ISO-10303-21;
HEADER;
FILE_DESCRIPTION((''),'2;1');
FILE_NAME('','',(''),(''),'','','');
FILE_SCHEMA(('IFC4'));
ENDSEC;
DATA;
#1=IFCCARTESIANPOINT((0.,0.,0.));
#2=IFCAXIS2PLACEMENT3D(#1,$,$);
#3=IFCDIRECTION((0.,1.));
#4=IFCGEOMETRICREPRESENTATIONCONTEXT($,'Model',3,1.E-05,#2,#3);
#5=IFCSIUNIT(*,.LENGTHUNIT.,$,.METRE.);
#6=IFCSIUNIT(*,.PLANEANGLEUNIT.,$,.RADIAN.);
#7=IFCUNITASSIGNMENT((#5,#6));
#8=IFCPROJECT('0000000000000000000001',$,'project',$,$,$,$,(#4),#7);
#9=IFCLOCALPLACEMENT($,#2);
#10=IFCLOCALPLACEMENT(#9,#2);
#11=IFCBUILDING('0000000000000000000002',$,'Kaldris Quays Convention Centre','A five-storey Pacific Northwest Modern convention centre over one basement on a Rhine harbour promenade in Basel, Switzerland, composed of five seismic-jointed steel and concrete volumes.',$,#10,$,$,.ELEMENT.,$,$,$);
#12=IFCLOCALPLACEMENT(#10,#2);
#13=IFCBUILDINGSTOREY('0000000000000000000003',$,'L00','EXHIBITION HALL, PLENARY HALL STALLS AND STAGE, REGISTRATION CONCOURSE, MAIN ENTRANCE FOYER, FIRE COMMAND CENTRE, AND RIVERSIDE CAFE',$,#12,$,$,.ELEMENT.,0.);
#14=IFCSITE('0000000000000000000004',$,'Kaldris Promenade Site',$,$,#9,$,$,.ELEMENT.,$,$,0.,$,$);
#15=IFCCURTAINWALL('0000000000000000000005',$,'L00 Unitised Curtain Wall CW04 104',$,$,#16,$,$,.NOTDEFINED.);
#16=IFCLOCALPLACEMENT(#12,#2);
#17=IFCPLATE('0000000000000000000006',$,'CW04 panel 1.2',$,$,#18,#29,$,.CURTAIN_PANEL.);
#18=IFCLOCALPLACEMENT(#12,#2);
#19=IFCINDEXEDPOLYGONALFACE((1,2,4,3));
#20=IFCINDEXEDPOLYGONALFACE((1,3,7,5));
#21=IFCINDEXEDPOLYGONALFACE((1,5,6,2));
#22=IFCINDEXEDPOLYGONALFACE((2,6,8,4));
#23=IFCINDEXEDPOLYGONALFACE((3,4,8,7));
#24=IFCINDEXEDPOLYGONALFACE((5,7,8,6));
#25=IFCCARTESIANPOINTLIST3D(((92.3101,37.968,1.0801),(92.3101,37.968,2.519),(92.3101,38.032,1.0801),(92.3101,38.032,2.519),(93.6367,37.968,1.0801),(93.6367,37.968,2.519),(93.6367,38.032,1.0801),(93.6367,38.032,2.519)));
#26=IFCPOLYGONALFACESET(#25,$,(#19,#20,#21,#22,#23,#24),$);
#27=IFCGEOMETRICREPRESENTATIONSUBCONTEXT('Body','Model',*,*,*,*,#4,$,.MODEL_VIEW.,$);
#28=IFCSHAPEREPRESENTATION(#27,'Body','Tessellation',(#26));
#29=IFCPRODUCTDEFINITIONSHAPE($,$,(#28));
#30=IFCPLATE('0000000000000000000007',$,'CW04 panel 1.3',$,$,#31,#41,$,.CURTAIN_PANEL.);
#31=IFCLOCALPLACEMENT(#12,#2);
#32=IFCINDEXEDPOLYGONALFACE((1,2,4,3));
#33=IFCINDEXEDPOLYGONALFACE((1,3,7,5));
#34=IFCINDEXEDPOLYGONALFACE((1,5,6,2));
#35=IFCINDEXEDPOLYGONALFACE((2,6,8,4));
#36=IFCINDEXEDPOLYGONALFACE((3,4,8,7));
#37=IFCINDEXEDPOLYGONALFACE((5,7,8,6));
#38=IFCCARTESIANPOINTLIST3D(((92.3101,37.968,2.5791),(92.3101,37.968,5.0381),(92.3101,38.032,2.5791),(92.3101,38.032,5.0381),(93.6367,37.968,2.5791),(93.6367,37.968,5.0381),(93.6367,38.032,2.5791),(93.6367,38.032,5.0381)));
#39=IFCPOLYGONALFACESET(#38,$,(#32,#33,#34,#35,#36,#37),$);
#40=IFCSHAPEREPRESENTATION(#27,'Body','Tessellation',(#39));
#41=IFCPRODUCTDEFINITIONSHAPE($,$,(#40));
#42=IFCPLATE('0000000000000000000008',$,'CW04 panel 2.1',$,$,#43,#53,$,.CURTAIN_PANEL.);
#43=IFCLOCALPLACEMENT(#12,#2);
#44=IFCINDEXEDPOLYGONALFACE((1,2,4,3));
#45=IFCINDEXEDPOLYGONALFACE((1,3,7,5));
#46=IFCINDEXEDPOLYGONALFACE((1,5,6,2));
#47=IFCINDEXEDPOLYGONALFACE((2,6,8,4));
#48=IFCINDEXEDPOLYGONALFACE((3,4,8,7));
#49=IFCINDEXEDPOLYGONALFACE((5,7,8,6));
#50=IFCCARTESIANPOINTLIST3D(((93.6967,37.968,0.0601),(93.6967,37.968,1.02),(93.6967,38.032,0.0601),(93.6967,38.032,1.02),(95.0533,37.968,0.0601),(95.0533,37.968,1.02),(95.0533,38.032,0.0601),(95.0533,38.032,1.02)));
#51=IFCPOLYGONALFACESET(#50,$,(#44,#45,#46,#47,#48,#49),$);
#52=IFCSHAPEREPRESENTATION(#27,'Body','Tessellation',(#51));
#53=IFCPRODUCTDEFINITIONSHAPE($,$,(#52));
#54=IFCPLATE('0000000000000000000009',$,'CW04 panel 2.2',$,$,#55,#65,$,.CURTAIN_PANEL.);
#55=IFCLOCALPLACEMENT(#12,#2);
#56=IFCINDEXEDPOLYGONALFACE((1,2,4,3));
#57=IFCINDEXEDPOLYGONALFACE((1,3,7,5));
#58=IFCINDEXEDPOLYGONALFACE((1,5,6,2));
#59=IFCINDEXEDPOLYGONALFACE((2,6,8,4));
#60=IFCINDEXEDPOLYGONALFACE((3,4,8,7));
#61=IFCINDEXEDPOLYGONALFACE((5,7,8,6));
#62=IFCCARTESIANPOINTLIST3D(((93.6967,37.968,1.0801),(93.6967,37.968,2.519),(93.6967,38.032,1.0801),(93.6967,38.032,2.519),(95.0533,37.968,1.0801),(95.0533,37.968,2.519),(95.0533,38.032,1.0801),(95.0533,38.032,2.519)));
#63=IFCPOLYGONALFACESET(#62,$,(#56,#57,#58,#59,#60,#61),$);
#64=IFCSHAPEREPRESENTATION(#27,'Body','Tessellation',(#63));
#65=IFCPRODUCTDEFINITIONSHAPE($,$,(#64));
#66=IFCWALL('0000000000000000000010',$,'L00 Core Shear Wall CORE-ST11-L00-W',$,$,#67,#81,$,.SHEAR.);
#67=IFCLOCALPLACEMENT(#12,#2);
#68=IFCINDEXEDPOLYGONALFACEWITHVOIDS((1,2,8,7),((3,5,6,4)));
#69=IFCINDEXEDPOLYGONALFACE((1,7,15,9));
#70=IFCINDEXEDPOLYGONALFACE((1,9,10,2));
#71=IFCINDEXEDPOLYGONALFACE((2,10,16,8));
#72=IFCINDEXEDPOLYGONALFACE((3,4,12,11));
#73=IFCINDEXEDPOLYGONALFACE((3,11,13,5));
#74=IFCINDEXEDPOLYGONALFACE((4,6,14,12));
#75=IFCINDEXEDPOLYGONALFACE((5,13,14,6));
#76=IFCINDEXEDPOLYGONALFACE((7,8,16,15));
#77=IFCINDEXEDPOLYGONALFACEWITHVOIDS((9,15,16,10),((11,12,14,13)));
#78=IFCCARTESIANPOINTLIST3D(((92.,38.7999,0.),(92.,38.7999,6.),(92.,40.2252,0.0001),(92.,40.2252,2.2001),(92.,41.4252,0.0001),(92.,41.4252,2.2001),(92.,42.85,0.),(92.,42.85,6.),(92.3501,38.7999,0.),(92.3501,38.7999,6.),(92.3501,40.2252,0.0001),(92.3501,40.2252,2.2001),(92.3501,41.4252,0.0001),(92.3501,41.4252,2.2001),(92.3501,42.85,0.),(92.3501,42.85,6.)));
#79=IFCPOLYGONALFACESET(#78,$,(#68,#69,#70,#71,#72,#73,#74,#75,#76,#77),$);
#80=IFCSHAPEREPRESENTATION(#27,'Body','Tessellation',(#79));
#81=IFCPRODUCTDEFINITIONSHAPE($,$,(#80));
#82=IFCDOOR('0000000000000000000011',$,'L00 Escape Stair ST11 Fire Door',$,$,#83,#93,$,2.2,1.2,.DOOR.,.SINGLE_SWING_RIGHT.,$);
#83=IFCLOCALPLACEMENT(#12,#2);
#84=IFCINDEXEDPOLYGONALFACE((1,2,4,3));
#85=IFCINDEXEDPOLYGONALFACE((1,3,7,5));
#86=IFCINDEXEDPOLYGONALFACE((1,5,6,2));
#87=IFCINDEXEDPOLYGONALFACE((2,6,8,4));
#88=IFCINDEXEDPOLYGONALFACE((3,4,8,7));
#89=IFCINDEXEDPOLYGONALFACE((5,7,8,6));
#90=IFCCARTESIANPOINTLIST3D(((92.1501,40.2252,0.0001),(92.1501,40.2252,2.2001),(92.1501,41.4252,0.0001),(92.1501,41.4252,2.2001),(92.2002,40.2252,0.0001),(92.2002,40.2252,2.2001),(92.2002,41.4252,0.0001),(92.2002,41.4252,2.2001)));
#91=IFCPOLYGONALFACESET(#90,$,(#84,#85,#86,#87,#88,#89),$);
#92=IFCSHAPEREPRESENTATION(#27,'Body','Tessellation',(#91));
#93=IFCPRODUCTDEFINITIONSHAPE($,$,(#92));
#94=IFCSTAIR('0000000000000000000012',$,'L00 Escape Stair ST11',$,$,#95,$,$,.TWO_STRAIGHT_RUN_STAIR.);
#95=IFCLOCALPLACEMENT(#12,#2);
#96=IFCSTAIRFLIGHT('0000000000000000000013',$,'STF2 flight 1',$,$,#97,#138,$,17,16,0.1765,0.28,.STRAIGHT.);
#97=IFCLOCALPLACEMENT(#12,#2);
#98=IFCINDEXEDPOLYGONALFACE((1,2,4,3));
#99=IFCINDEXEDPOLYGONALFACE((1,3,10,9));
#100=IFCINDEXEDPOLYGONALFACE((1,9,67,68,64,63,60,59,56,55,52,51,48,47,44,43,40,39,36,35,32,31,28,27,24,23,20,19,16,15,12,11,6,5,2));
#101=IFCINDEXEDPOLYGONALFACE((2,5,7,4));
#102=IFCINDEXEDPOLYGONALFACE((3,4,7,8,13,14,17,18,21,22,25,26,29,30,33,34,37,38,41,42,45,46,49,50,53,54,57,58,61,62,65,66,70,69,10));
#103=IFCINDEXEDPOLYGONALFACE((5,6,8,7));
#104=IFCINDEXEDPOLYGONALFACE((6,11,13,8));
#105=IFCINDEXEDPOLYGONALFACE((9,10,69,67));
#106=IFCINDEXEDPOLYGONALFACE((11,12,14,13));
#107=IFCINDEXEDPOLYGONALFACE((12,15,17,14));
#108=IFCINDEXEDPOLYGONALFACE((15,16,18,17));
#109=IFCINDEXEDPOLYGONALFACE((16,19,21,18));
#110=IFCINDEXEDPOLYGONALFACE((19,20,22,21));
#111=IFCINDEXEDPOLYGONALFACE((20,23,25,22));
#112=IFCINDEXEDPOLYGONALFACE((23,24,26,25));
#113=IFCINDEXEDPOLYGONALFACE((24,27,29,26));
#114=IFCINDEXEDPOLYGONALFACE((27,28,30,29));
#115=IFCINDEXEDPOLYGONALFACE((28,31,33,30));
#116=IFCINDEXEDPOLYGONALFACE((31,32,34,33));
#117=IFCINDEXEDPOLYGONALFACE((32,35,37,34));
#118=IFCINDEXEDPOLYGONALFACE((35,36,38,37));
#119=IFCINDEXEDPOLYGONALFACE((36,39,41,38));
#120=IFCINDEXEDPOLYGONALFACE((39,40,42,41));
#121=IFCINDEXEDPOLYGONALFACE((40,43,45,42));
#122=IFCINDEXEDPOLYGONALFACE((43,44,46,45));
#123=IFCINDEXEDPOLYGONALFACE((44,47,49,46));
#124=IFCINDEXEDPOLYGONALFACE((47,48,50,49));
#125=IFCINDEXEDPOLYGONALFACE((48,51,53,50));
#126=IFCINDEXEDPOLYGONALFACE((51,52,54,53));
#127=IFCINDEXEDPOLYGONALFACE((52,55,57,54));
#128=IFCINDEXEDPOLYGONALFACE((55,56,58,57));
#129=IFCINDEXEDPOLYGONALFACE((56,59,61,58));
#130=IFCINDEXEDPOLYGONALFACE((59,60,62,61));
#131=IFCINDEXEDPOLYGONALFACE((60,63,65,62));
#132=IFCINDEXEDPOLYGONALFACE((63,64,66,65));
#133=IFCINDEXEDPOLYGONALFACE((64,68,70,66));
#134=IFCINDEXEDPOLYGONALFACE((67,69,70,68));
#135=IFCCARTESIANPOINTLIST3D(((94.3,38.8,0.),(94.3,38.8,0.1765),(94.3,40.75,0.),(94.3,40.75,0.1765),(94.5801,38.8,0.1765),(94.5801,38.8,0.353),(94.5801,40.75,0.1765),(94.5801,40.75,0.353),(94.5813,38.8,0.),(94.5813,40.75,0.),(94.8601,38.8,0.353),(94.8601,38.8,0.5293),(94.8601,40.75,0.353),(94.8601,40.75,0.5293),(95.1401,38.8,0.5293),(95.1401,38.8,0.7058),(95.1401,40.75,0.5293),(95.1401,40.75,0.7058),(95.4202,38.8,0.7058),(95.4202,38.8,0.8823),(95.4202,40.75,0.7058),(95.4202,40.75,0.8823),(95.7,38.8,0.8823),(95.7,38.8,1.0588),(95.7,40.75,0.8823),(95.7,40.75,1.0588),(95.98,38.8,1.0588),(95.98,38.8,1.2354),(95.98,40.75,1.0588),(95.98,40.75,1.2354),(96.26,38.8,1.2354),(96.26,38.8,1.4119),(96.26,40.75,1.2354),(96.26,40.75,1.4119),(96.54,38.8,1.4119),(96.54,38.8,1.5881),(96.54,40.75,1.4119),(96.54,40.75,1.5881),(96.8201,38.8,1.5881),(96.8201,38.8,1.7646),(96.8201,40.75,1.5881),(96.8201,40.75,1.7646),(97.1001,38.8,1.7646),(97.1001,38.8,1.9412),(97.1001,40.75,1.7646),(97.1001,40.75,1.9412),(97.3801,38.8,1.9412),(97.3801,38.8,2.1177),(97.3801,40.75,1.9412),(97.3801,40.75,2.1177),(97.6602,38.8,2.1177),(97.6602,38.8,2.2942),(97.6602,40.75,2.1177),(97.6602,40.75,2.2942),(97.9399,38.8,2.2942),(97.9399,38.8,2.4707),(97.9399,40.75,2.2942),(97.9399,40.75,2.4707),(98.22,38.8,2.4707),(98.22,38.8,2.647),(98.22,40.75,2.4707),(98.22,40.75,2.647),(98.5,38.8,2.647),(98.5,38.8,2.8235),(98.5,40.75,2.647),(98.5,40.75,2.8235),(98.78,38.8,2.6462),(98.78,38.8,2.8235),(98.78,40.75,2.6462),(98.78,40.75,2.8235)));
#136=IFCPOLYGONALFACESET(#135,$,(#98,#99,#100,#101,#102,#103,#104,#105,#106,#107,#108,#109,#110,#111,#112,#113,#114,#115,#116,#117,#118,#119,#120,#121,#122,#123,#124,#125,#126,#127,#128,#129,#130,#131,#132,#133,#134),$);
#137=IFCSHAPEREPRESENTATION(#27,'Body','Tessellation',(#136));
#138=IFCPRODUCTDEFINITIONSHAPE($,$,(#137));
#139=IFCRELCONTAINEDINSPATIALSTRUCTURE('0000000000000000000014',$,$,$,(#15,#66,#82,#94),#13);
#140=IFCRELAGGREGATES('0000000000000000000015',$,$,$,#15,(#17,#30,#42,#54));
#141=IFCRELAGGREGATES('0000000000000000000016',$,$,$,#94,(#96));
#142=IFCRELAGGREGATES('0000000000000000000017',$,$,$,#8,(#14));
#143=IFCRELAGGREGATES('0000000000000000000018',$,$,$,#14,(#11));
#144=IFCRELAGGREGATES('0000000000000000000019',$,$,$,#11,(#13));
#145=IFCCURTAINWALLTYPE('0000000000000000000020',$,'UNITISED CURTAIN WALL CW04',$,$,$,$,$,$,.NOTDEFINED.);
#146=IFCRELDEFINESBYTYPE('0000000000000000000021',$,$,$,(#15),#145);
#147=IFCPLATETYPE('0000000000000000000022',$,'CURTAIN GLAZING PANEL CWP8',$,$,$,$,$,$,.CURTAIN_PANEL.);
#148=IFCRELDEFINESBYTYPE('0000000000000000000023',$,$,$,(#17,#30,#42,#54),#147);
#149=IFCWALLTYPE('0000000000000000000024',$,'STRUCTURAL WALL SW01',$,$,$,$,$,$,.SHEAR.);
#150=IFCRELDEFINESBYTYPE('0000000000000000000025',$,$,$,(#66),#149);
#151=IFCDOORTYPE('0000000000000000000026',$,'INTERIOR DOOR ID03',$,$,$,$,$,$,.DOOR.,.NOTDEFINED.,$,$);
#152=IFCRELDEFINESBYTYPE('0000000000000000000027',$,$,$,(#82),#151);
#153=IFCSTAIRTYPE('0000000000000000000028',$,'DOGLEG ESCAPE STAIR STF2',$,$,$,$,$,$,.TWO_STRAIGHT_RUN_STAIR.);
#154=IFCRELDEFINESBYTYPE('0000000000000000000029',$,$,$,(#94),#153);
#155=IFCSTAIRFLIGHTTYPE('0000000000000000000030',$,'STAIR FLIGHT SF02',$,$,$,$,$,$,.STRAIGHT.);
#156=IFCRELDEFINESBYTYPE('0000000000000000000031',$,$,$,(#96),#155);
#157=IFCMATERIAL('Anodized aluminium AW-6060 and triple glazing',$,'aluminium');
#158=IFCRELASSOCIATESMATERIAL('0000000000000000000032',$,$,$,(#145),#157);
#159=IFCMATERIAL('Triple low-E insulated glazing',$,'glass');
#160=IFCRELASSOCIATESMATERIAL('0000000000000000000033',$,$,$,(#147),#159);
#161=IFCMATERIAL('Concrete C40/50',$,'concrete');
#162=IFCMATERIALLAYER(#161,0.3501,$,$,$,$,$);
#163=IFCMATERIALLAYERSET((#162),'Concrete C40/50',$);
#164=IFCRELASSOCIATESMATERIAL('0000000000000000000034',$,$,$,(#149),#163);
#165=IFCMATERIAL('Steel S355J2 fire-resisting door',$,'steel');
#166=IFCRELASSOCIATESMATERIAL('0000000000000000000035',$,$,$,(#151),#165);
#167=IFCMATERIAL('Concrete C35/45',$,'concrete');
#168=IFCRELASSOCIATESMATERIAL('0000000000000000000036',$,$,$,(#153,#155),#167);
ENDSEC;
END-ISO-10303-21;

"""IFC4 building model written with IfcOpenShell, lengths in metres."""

from ifc_helpers import new_model, si_unit, direction, frame, frame_2d, origin, origin_2d, place, context, subcontext, project, spatial, polyline, rectangle, outline, extrude, material, layer, layer_set, type_object, element, fill, aggregate, save


model = new_model("IFC4")

# Units and contexts
model_context = context("Model", 3, precision=1e-05, world=origin(), true_north=direction((0.0, 1.0)))
body_context = subcontext(model_context, "Body", "Model", "MODEL_VIEW")
ifc_project = project(units=[si_unit("LENGTHUNIT", "METRE"), si_unit("PLANEANGLEUNIT", "RADIAN")], contexts=[model_context])

# Site, building, storey
site_placement = place(None, origin())
site = spatial("IfcSite", under=ifc_project, at=site_placement, Name="Kaldris Promenade Site", CompositionType="ELEMENT", RefElevation=0.0)
building_placement = place(site_placement, origin())
building = spatial("IfcBuilding", under=site, at=building_placement, Name="Kaldris Quays Convention Centre", Description="A five-storey Pacific Northwest Modern convention centre over one basement on a Rhine harbour promenade in Basel, Switzerland, composed of five seismic-jointed steel and concrete volumes.", CompositionType="ELEMENT")
storey_placement = place(building_placement, origin())
storey = spatial("IfcBuildingStorey", under=building, at=storey_placement, Name="L00", Description="EXHIBITION HALL, PLENARY HALL STALLS AND STAGE, REGISTRATION CONCOURSE, MAIN ENTRANCE FOYER, FIRE COMMAND CENTRE, AND RIVERSIDE CAFE", CompositionType="ELEMENT", Elevation=0.0)

# Curtain wall
ifc_material_1 = material(Name="Anodized aluminium AW-6060 and triple glazing", Category="aluminium")
curtain_wall_type = type_object("IfcCurtainWallType", Name="UNITISED CURTAIN WALL CW04", PredefinedType="NOTDEFINED", material=ifc_material_1)
curtain_wall_placement = place(storey_placement, origin())
curtain_wall = element("IfcCurtainWall", 1, at=curtain_wall_placement, inside=storey, type_object=curtain_wall_type, Name="L00 Unitised Curtain Wall CW04 104", PredefinedType="NOTDEFINED")

# Plates
ifc_material_2 = material(Name="Triple low-E insulated glazing", Category="glass")
plate_type = type_object("IfcPlateType", Name="CURTAIN GLAZING PANEL CWP8", PredefinedType="CURTAIN_PANEL", material=ifc_material_2)
plate_1_placement = place(storey_placement, frame((92.9734, 38.0, 1.0801), z_axis=(0.0, 0.0, 1.0), x_axis=(1.0, 0.0, 0.0)))
plate_1 = element("IfcPlate", 2, at=plate_1_placement, type_object=plate_type, Name="CW04 panel 1.2", PredefinedType="CURTAIN_PANEL", context=body_context, shape_type="SweptSolid", body=[
    extrude(rectangle(XDim=1.3267, YDim=0.064, at=origin_2d()), origin(), (0.0, 0.0, 1.0), 1.439),
])
plate_2_placement = place(storey_placement, frame((92.9734, 38.0, 2.5791), z_axis=(0.0, 0.0, 1.0), x_axis=(1.0, 0.0, 0.0)))
plate_2 = element("IfcPlate", 3, at=plate_2_placement, type_object=plate_type, Name="CW04 panel 1.3", PredefinedType="CURTAIN_PANEL", context=body_context, shape_type="SweptSolid", body=[
    extrude(rectangle(XDim=1.3267, YDim=0.064, at=origin_2d()), origin(), (0.0, 0.0, 1.0), 2.459),
])
plate_3_placement = place(storey_placement, frame((94.375, 38.0, 0.0601), z_axis=(0.0, 0.0, 1.0), x_axis=(1.0, 0.0, 0.0)))
plate_3 = element("IfcPlate", 4, at=plate_3_placement, type_object=plate_type, Name="CW04 panel 2.1", PredefinedType="CURTAIN_PANEL", context=body_context, shape_type="SweptSolid", body=[
    extrude(rectangle(XDim=1.3567, YDim=0.064, at=origin_2d()), origin(), (0.0, 0.0, 1.0), 0.96),
])
plate_4_placement = place(storey_placement, frame((94.375, 38.0, 1.0801), z_axis=(0.0, 0.0, 1.0), x_axis=(1.0, 0.0, 0.0)))
plate_4 = element("IfcPlate", 5, at=plate_4_placement, type_object=plate_type, Name="CW04 panel 2.2", PredefinedType="CURTAIN_PANEL", context=body_context, shape_type="SweptSolid", body=[
    extrude(rectangle(XDim=1.3567, YDim=0.064, at=origin_2d()), origin(), (0.0, 0.0, 1.0), 1.439),
])
aggregate(curtain_wall, [plate_1, plate_2, plate_3, plate_4])

# Wall, opening, door
ifc_material_3 = material(Name="Concrete C40/50", Category="concrete")
ifc_layer = layer(ifc_material_3, 0.3501)
ifc_layer_set = layer_set([ifc_layer], Name="Concrete C40/50")
wall_type = type_object("IfcWallType", Name="STRUCTURAL WALL SW01", PredefinedType="SHEAR", material=ifc_layer_set)
wall_placement = place(storey_placement, frame((92.175, 38.8, 0.0), z_axis=(0.0, 0.0, 1.0), x_axis=(0.0, 1.0, 0.0)))
wall = element("IfcWall", 6, at=wall_placement, inside=storey, type_object=wall_type, Name="L00 Core Shear Wall CORE-ST11-L00-W", PredefinedType="SHEAR", context=body_context, shape_type="SweptSolid", body=[
    extrude(rectangle(XDim=4.05, YDim=0.3501, at=frame_2d((2.0249, 0.0))), origin(), (0.0, 0.0, 1.0), 6.0),
])
opening_placement = place(wall_placement, frame((1.425, 0.0, 0.0)))
opening = element("IfcOpeningElement", 7, at=opening_placement, cuts=wall, PredefinedType="OPENING", context=body_context, shape_type="SweptSolid", body=[
    extrude(rectangle(XDim=1.2, YDim=2.2, at=frame_2d((0.6001, 1.1001))), frame((0.0, 0.1851, 0.0), z_axis=(0.0, -1.0, 0.0), x_axis=(1.0, 0.0, 0.0)), (0.0, 0.0, 1.0), 0.3701),
])
ifc_material_4 = material(Name="Steel S355J2 fire-resisting door", Category="steel")
door_type = type_object("IfcDoorType", Name="INTERIOR DOOR ID03", OperationType="NOTDEFINED", PredefinedType="DOOR", material=ifc_material_4)
door_placement = place(opening_placement, origin())
door = element("IfcDoor", 8, at=door_placement, inside=storey, type_object=door_type, Name="L00 Escape Stair ST11 Fire Door", OperationType="SINGLE_SWING_RIGHT", OverallHeight=2.2, OverallWidth=1.2, PredefinedType="DOOR", context=body_context, shape_type="SweptSolid", body=[
    extrude(rectangle(XDim=1.2, YDim=2.2, at=frame_2d((0.6001, 1.1001))), frame((0.0, 0.0249, 0.0), z_axis=(0.0, -1.0, 0.0), x_axis=(1.0, 0.0, 0.0)), (0.0, 0.0, 1.0), 0.05),
])
fill(opening, door)

# Stair, stair flight
ifc_material_5 = material(Name="Concrete C35/45", Category="concrete")
stair_type = type_object("IfcStairType", Name="DOGLEG ESCAPE STAIR STF2", PredefinedType="TWO_STRAIGHT_RUN_STAIR", material=ifc_material_5)
stair_placement = place(storey_placement, origin())
stair = element("IfcStair", 9, at=stair_placement, inside=storey, type_object=stair_type, Name="L00 Escape Stair ST11", PredefinedType="TWO_STRAIGHT_RUN_STAIR")
stair_flight_type = type_object("IfcStairFlightType", Name="STAIR FLIGHT SF02", PredefinedType="STRAIGHT", material=ifc_material_5)
stair_flight_placement = place(storey_placement, frame((94.3, 39.7749, 0.0), z_axis=(0.0, 0.0, 1.0), x_axis=(1.0, 0.0, 0.0)))
stair_flight = element("IfcStairFlight", 10, at=stair_flight_placement, type_object=stair_flight_type, Name="STF2 flight 1", NumberOfRisers=17, NumberOfTreads=16, PredefinedType="STRAIGHT", RiserHeight=0.1765, TreadLength=0.28, context=body_context, shape_type="SweptSolid", body=[
    extrude(outline(polyline([(0.0, 0.0), (0.0, 0.1765), (0.28, 0.1765), (0.28, 0.353), (0.5601, 0.353), (0.5601, 0.5293), (0.8401, 0.5293), (0.8401, 0.7058), (1.1201, 0.7058), (1.1201, 0.8823), (1.3999, 0.8823), (1.3999, 1.0588), (1.6799, 1.0588), (1.6799, 1.2354), (1.96, 1.2354), (1.96, 1.4119), (2.24, 1.4119), (2.24, 1.5881), (2.52, 1.5881), (2.52, 1.7646), (2.8, 1.7646), (2.8, 1.9412), (3.0801, 1.9412), (3.0801, 2.1177), (3.3601, 2.1177), (3.3601, 2.2942), (3.6399, 2.2942), (3.6399, 2.4707), (3.9199, 2.4707), (3.9199, 2.647), (4.2, 2.647), (4.2, 2.8235), (4.48, 2.8235), (4.48, 3.0), (4.48, 2.6462), (0.2812, 0.0), (0.0, 0.0)])), frame((0.0, 0.9751, 0.0), z_axis=(0.0, -1.0, 0.0), x_axis=(1.0, 0.0, 0.0)), (0.0, 0.0, 1.0), 1.95),
])
aggregate(stair, [stair_flight])

save(model, "model.ifc")
